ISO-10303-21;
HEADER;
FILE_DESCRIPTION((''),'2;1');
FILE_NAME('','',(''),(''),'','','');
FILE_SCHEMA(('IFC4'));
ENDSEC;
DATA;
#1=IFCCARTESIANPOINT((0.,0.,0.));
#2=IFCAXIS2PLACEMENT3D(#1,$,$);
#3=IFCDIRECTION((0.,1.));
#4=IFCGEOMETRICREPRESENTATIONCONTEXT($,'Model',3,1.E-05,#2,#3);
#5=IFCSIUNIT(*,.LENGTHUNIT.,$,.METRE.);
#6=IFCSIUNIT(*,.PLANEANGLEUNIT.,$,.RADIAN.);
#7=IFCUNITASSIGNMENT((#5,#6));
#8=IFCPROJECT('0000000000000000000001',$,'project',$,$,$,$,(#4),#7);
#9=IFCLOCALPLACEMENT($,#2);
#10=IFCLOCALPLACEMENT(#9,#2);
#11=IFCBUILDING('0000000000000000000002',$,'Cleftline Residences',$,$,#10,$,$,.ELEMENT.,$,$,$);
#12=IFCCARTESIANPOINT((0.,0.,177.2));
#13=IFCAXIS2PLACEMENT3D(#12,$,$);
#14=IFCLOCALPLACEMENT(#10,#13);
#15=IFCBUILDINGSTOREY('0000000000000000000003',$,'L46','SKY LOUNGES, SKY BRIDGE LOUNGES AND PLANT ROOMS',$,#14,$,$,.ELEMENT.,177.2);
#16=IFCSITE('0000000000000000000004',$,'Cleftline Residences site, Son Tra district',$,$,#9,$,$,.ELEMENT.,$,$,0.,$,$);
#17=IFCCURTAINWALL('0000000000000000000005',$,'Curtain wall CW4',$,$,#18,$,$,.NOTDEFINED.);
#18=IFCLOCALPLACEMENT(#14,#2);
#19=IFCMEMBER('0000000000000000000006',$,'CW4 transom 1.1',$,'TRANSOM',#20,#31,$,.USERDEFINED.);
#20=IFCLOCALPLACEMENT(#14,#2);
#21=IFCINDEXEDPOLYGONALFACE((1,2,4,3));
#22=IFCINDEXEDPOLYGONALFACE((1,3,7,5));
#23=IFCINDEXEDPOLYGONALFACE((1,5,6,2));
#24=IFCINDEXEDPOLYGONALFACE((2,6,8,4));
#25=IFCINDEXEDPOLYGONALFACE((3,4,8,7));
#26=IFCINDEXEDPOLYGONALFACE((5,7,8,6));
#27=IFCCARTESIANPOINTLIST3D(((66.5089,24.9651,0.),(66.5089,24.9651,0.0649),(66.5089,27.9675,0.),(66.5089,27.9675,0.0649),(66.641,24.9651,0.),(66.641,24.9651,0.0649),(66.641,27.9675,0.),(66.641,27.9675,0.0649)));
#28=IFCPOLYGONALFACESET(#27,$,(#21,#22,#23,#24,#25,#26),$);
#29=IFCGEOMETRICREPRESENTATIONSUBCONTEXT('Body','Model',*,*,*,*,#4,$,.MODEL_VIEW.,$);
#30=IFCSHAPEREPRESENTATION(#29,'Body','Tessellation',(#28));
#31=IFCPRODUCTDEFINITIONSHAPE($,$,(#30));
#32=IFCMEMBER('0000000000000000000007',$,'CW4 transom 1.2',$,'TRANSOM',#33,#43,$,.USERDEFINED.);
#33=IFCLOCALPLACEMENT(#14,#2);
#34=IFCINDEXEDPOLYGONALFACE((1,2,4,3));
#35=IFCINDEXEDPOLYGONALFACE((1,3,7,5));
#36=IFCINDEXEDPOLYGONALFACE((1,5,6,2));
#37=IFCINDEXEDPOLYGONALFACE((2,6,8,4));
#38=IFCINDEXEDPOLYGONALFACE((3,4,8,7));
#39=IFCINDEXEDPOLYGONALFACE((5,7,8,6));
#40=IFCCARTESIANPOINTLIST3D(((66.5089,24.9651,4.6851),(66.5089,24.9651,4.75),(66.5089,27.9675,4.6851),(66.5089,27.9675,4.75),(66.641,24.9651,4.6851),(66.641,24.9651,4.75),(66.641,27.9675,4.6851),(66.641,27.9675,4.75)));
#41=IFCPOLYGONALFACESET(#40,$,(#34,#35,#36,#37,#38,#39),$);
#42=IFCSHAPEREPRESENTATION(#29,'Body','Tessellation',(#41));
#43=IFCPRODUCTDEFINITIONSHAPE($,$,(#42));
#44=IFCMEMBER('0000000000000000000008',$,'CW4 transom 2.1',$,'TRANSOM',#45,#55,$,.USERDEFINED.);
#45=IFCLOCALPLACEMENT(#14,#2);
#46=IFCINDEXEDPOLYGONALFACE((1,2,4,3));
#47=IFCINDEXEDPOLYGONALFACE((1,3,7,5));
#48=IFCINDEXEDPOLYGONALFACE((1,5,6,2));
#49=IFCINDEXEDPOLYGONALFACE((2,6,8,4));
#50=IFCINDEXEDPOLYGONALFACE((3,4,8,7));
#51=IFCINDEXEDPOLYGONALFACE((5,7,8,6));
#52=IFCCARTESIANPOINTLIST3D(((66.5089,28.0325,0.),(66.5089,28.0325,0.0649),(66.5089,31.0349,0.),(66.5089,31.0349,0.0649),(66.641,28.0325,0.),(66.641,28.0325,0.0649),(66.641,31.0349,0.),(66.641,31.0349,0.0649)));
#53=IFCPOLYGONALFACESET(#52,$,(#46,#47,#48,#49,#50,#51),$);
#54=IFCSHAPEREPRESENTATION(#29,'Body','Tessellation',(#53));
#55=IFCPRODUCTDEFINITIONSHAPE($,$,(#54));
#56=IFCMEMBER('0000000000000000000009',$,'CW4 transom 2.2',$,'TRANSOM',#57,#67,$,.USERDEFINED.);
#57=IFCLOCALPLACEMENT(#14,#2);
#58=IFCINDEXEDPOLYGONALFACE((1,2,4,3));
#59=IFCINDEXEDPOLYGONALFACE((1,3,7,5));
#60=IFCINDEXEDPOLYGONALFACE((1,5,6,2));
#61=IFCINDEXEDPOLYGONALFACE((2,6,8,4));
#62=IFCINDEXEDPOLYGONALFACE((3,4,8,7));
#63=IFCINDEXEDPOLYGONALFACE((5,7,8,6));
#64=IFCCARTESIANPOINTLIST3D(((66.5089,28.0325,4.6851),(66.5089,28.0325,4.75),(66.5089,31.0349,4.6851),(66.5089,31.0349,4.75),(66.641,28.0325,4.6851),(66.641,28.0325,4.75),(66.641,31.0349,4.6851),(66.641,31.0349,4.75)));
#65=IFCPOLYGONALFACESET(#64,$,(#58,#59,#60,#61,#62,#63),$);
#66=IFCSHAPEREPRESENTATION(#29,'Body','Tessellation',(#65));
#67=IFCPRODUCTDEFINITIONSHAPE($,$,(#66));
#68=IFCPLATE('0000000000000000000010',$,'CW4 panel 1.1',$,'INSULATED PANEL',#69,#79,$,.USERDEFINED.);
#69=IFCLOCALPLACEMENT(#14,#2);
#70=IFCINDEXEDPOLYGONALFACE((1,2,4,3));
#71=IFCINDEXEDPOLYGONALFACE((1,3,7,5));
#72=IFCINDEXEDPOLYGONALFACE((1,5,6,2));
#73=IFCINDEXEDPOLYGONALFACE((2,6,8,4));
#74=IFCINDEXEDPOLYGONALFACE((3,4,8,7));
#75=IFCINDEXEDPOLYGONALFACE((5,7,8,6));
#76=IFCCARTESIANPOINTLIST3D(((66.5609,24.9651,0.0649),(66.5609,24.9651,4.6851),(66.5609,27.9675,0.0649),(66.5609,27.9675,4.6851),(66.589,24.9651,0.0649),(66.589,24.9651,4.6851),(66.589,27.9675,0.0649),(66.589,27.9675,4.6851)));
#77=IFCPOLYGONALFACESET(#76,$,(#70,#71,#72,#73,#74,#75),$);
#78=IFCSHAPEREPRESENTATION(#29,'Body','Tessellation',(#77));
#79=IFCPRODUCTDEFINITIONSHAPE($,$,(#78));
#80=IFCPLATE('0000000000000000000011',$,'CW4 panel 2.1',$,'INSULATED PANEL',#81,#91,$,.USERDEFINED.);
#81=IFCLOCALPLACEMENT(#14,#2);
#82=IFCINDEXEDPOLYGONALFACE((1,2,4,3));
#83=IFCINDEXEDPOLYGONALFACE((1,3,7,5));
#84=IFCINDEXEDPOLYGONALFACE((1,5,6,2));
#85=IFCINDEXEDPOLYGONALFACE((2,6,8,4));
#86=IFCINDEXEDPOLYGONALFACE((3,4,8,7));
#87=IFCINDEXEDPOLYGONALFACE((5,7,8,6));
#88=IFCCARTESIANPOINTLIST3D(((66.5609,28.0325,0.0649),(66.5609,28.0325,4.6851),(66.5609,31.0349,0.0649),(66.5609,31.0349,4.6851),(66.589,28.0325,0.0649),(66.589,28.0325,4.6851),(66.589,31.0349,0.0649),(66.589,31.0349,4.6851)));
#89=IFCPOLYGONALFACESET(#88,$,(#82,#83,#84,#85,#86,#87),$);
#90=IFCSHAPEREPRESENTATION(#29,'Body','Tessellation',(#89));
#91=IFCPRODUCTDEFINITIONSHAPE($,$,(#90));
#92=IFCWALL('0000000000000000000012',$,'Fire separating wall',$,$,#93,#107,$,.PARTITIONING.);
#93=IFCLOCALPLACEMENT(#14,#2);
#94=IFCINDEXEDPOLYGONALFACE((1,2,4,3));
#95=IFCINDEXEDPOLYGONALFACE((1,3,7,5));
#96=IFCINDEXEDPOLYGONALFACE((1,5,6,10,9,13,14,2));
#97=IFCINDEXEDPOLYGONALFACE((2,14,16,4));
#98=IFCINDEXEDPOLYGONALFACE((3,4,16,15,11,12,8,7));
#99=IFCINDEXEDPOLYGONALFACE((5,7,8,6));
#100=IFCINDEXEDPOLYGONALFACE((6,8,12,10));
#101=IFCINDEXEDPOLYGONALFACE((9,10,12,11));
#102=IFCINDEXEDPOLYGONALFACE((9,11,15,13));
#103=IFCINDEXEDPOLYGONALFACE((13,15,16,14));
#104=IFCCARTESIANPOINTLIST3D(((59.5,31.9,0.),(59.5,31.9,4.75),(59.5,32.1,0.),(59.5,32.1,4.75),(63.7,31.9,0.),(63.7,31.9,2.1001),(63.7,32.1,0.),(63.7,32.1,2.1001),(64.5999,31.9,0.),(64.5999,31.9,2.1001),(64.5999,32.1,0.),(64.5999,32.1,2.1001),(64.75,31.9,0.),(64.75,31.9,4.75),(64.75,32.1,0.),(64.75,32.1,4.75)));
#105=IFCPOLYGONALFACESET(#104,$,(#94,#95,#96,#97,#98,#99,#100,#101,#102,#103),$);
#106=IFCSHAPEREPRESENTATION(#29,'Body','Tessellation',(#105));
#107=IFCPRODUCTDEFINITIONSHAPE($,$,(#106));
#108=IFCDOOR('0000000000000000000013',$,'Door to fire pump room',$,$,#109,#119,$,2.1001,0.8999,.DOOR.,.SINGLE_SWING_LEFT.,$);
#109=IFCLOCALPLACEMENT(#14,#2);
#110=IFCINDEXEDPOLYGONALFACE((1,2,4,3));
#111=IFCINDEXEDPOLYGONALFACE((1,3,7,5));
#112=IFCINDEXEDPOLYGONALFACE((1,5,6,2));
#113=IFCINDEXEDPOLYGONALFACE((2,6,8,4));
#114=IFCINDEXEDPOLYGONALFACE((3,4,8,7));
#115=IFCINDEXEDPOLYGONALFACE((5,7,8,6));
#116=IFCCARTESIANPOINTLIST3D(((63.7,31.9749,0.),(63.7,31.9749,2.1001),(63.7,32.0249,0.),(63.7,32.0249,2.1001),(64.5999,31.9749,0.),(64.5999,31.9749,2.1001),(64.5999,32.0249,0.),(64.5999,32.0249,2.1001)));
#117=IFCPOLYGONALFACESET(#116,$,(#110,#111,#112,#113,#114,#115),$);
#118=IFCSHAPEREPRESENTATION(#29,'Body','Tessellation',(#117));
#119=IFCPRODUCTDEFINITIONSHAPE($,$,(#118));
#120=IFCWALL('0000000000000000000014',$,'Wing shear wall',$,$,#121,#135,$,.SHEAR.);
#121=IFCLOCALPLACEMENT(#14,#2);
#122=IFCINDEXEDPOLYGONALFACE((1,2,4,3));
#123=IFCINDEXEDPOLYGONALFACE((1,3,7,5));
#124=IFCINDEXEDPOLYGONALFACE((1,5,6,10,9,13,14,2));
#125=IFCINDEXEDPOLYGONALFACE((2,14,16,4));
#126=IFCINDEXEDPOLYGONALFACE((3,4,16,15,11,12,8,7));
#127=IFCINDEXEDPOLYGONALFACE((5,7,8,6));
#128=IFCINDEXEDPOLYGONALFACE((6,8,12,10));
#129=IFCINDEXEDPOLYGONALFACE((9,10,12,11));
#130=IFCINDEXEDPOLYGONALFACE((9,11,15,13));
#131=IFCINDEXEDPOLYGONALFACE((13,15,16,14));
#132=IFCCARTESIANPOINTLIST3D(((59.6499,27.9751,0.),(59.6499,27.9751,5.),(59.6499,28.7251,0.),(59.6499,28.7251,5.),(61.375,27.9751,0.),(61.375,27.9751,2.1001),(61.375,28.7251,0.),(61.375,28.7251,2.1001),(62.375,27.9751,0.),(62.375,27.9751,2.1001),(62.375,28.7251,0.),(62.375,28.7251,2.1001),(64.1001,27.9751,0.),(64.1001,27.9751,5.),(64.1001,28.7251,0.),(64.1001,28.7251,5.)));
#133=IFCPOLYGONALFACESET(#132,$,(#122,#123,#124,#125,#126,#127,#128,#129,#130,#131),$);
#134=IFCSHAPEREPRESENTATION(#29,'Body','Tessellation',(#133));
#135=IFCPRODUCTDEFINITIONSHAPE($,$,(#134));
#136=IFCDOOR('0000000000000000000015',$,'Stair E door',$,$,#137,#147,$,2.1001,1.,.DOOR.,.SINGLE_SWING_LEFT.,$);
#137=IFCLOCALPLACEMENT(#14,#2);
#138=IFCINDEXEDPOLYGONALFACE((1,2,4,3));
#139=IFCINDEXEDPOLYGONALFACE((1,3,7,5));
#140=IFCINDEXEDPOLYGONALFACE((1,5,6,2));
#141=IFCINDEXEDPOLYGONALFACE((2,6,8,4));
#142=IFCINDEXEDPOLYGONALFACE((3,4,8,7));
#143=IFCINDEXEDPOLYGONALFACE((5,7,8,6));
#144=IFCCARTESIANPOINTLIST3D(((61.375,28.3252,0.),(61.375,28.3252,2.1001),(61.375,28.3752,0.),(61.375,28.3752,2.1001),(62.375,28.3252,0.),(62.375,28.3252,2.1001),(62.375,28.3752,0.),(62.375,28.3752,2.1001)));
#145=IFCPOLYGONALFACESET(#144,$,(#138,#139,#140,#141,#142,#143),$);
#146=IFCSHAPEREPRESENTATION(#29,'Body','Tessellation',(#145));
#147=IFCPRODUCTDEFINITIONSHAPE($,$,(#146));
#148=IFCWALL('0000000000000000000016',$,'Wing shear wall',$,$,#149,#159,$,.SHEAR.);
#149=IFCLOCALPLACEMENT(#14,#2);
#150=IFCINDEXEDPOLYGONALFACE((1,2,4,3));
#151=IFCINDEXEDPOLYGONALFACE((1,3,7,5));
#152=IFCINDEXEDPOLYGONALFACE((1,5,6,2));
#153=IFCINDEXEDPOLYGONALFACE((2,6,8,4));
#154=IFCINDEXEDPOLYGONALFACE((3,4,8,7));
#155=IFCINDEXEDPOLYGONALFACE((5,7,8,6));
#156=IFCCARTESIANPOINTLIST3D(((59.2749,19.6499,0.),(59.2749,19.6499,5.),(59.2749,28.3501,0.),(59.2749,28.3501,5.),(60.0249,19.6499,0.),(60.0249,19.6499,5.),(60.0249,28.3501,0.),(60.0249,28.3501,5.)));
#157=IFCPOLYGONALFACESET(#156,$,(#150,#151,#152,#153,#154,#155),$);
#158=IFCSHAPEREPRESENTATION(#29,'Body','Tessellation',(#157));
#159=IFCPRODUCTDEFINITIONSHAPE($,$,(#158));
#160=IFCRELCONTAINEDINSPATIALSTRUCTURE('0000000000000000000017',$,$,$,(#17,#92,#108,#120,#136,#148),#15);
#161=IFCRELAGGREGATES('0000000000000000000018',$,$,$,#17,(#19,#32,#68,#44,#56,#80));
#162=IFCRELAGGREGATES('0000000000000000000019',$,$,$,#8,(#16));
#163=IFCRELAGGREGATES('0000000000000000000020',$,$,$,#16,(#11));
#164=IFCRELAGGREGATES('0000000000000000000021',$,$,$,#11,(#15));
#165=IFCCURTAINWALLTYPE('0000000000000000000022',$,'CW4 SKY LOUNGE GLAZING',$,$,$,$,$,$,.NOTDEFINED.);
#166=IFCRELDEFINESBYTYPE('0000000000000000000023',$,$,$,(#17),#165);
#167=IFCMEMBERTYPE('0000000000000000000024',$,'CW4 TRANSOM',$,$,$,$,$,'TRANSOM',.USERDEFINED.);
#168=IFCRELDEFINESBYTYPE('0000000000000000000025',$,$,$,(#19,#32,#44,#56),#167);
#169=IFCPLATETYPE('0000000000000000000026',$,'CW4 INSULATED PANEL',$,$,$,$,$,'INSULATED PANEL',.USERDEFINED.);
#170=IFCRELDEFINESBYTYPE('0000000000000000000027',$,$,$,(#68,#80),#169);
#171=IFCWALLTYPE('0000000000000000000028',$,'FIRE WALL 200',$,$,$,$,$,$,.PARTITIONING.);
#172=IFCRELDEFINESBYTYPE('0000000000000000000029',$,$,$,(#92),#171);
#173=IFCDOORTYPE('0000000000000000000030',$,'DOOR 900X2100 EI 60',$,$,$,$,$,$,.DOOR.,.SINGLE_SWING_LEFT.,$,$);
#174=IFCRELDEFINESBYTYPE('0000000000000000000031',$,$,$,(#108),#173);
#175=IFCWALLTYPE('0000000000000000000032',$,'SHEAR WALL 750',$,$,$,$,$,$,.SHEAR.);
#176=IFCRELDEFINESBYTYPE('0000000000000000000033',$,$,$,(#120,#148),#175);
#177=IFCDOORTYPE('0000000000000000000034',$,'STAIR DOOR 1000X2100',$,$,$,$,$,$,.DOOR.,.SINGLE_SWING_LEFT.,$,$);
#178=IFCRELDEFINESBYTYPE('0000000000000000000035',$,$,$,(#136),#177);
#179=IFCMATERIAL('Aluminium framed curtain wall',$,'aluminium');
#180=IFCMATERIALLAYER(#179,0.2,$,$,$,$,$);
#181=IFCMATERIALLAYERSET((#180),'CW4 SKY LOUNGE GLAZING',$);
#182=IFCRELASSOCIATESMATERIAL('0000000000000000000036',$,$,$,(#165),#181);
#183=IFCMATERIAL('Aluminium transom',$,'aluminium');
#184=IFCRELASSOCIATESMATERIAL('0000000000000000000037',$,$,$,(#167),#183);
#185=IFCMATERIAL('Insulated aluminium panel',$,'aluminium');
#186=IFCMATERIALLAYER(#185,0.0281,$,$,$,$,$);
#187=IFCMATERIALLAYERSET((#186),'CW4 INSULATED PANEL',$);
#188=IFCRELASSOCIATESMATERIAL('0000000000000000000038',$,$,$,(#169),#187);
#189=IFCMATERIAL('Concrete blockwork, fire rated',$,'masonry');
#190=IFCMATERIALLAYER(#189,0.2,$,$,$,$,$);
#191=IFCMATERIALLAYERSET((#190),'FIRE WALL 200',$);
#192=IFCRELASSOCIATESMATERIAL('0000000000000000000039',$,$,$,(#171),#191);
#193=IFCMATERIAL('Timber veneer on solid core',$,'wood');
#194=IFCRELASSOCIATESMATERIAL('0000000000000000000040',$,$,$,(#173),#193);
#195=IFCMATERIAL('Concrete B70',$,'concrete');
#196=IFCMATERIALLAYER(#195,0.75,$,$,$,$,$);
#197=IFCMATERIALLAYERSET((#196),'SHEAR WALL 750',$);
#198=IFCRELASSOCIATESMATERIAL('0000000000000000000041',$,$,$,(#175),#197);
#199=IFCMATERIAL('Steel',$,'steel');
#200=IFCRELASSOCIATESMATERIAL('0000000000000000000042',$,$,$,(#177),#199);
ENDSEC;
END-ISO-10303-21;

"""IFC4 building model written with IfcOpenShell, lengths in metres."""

from ifc_helpers import new_model, si_unit, direction, frame, frame_2d, origin, origin_2d, place, context, subcontext, project, spatial, rectangle, extrude, material, layer, layer_set, material_profile, profile_set, type_object, element, fill, aggregate, save


model = new_model("IFC4")

# Units and contexts
model_context = context("Model", 3, precision=1e-05, world=origin(), true_north=direction((0.0, 1.0)))
body_context = subcontext(model_context, "Body", "Model", "MODEL_VIEW")
ifc_project = project(units=[si_unit("LENGTHUNIT", "METRE"), si_unit("PLANEANGLEUNIT", "RADIAN")], contexts=[model_context])

# Site, building, storey
site_placement = place(None, origin())
site = spatial("IfcSite", under=ifc_project, at=site_placement, Name="Cleftline Residences site, Son Tra district", CompositionType="ELEMENT", RefElevation=0.0)
building_placement = place(site_placement, origin())
building = spatial("IfcBuilding", under=site, at=building_placement, Name="Cleftline Residences", CompositionType="ELEMENT")
storey_placement = place(building_placement, frame((0.0, 0.0, 177.2)))
storey = spatial("IfcBuildingStorey", under=building, at=storey_placement, Name="L46", Description="SKY LOUNGES, SKY BRIDGE LOUNGES AND PLANT ROOMS", CompositionType="ELEMENT", Elevation=177.2)

# Curtain wall, members, plates
ifc_material_1 = material(Name="Aluminium framed curtain wall", Category="aluminium")
ifc_layer_1 = layer(ifc_material_1, 0.2)
ifc_layer_set_1 = layer_set([ifc_layer_1], Name="CW4 SKY LOUNGE GLAZING")
curtain_wall_type = type_object("IfcCurtainWallType", Name="CW4 SKY LOUNGE GLAZING", PredefinedType="NOTDEFINED", material=ifc_layer_set_1)
curtain_wall_placement = place(storey_placement, origin())
curtain_wall = element("IfcCurtainWall", 1, at=curtain_wall_placement, inside=storey, type_object=curtain_wall_type, Name="Curtain wall CW4", PredefinedType="NOTDEFINED")
ifc_material_2 = material(Name="Aluminium transom", Category="aluminium")
ifc_material_profile_1 = material_profile(ifc_material_2, rectangle(XDim=0.1321, YDim=0.0649, at=origin_2d()))
ifc_profile_set_1 = profile_set([ifc_material_profile_1], Name="Aluminium transom")
member_type_1 = type_object("IfcMemberType", Name="CW4 TRANSOM", ElementType="TRANSOM", PredefinedType="USERDEFINED", material=ifc_profile_set_1)
member_1_placement = place(storey_placement, frame((66.575, 24.9651, 0.0325), z_axis=(0.0, 1.0, 0.0), x_axis=(-1.0, 0.0, 0.0)))
member_1 = element("IfcMember", 2, at=member_1_placement, type_object=member_type_1, Name="CW4 transom 1.1", ObjectType="TRANSOM", PredefinedType="USERDEFINED", context=body_context, shape_type="SweptSolid", body=[
    extrude(rectangle(XDim=0.1321, YDim=0.0649, at=origin_2d()), origin(), (0.0, 0.0, 1.0), 3.0024),
])
member_2_placement = place(storey_placement, frame((66.575, 24.9651, 4.7175), z_axis=(0.0, 1.0, 0.0), x_axis=(-1.0, 0.0, 0.0)))
member_2 = element("IfcMember", 3, at=member_2_placement, type_object=member_type_1, Name="CW4 transom 1.2", ObjectType="TRANSOM", PredefinedType="USERDEFINED", context=body_context, shape_type="SweptSolid", body=[
    extrude(rectangle(XDim=0.1321, YDim=0.0649, at=origin_2d()), origin(), (0.0, 0.0, 1.0), 3.0024),
])
member_3_placement = place(storey_placement, frame((66.575, 28.0325, 0.0325), z_axis=(0.0, 1.0, 0.0), x_axis=(-1.0, 0.0, 0.0)))
member_3 = element("IfcMember", 4, at=member_3_placement, type_object=member_type_1, Name="CW4 transom 2.1", ObjectType="TRANSOM", PredefinedType="USERDEFINED", context=body_context, shape_type="SweptSolid", body=[
    extrude(rectangle(XDim=0.1321, YDim=0.0649, at=origin_2d()), origin(), (0.0, 0.0, 1.0), 3.0024),
])
member_4_placement = place(storey_placement, frame((66.575, 28.0325, 4.7175), z_axis=(0.0, 1.0, 0.0), x_axis=(-1.0, 0.0, 0.0)))
member_4 = element("IfcMember", 5, at=member_4_placement, type_object=member_type_1, Name="CW4 transom 2.2", ObjectType="TRANSOM", PredefinedType="USERDEFINED", context=body_context, shape_type="SweptSolid", body=[
    extrude(rectangle(XDim=0.1321, YDim=0.0649, at=origin_2d()), origin(), (0.0, 0.0, 1.0), 3.0024),
])
ifc_material_3 = material(Name="Insulated aluminium panel", Category="aluminium")
ifc_layer_2 = layer(ifc_material_3, 0.0281)
ifc_layer_set_2 = layer_set([ifc_layer_2], Name="CW4 INSULATED PANEL")
plate_type = type_object("IfcPlateType", Name="CW4 INSULATED PANEL", ElementType="INSULATED PANEL", PredefinedType="USERDEFINED", material=ifc_layer_set_2)
plate_1_placement = place(storey_placement, frame((66.575, 26.4663, 0.0649), z_axis=(0.0, 0.0, 1.0), x_axis=(0.0, 1.0, 0.0)))
plate_1 = element("IfcPlate", 6, at=plate_1_placement, type_object=plate_type, Name="CW4 panel 1.1", ObjectType="INSULATED PANEL", PredefinedType="USERDEFINED", context=body_context, shape_type="SweptSolid", body=[
    extrude(rectangle(XDim=3.0024, YDim=0.0281, at=origin_2d()), origin(), (0.0, 0.0, 1.0), 4.6201),
])
plate_2_placement = place(storey_placement, frame((66.575, 29.5337, 0.0649), z_axis=(0.0, 0.0, 1.0), x_axis=(0.0, 1.0, 0.0)))
plate_2 = element("IfcPlate", 7, at=plate_2_placement, type_object=plate_type, Name="CW4 panel 2.1", ObjectType="INSULATED PANEL", PredefinedType="USERDEFINED", context=body_context, shape_type="SweptSolid", body=[
    extrude(rectangle(XDim=3.0024, YDim=0.0281, at=origin_2d()), origin(), (0.0, 0.0, 1.0), 4.6201),
])
aggregate(curtain_wall, [member_1, member_2, plate_1, member_3, member_4, plate_2])

# Walls, openings, doors
ifc_material_4 = material(Name="Concrete blockwork, fire rated", Category="masonry")
ifc_layer_3 = layer(ifc_material_4, 0.2)
ifc_layer_set_3 = layer_set([ifc_layer_3], Name="FIRE WALL 200")
wall_type_1 = type_object("IfcWallType", Name="FIRE WALL 200", PredefinedType="PARTITIONING", material=ifc_layer_set_3)
wall_1_placement = place(storey_placement, frame((59.5, 32.0, 0.0), z_axis=(0.0, 0.0, 1.0), x_axis=(1.0, 0.0, 0.0)))
wall_1 = element("IfcWall", 8, at=wall_1_placement, inside=storey, type_object=wall_type_1, Name="Fire separating wall", PredefinedType="PARTITIONING", context=body_context, shape_type="SweptSolid", body=[
    extrude(rectangle(XDim=5.25, YDim=0.2, at=frame_2d((2.625, 0.0))), origin(), (0.0, 0.0, 1.0), 4.75),
])
opening_1_placement = place(wall_1_placement, frame((4.2, 0.0, 0.0)))
opening_1 = element("IfcOpeningElement", 9, at=opening_1_placement, cuts=wall_1, PredefinedType="OPENING", context=body_context, shape_type="SweptSolid", body=[
    extrude(rectangle(XDim=0.8999, YDim=2.1001, at=frame_2d((0.45, 1.05))), frame((0.0, 0.1099, 0.0), z_axis=(0.0, -1.0, 0.0), x_axis=(1.0, 0.0, 0.0)), (0.0, 0.0, 1.0), 0.22),
])
ifc_material_5 = material(Name="Timber veneer on solid core", Category="wood")
door_type_1 = type_object("IfcDoorType", Name="DOOR 900X2100 EI 60", OperationType="SINGLE_SWING_LEFT", PredefinedType="DOOR", material=ifc_material_5)
door_1_placement = place(opening_1_placement, origin())
door_1 = element("IfcDoor", 10, at=door_1_placement, inside=storey, type_object=door_type_1, Name="Door to fire pump room", OperationType="SINGLE_SWING_LEFT", OverallHeight=2.1001, OverallWidth=0.8999, PredefinedType="DOOR", context=body_context, shape_type="SweptSolid", body=[
    extrude(rectangle(XDim=0.8999, YDim=2.1001, at=frame_2d((0.45, 1.05))), frame((0.0, 0.0249, 0.0), z_axis=(0.0, -1.0, 0.0), x_axis=(1.0, 0.0, 0.0)), (0.0, 0.0, 1.0), 0.05),
])
fill(opening_1, door_1)
ifc_material_6 = material(Name="Concrete B70", Category="concrete")
ifc_layer_4 = layer(ifc_material_6, 0.75)
ifc_layer_set_4 = layer_set([ifc_layer_4], Name="SHEAR WALL 750")
wall_type_2 = type_object("IfcWallType", Name="SHEAR WALL 750", PredefinedType="SHEAR", material=ifc_layer_set_4)
wall_2_placement = place(storey_placement, frame((64.1001, 28.3501, 0.0), z_axis=(0.0, 0.0, 1.0), x_axis=(-1.0, 0.0, 0.0)))
wall_2 = element("IfcWall", 11, at=wall_2_placement, inside=storey, type_object=wall_type_2, Name="Wing shear wall", PredefinedType="SHEAR", context=body_context, shape_type="SweptSolid", body=[
    extrude(rectangle(XDim=4.4502, YDim=0.75, at=frame_2d((2.2251, 0.0))), origin(), (0.0, 0.0, 1.0), 5.0),
])
opening_2_placement = place(wall_2_placement, frame((1.7251, 0.0, 0.0)))
opening_2 = element("IfcOpeningElement", 12, at=opening_2_placement, cuts=wall_2, PredefinedType="OPENING", context=body_context, shape_type="SweptSolid", body=[
    extrude(rectangle(XDim=1.0, YDim=2.1001, at=frame_2d((0.5, 1.05))), frame((0.0, 0.385, 0.0), z_axis=(0.0, -1.0, 0.0), x_axis=(1.0, 0.0, 0.0)), (0.0, 0.0, 1.0), 0.77),
])
ifc_material_7 = material(Name="Steel", Category="steel")
door_type_2 = type_object("IfcDoorType", Name="STAIR DOOR 1000X2100", OperationType="SINGLE_SWING_LEFT", PredefinedType="DOOR", material=ifc_material_7)
door_2_placement = place(opening_2_placement, origin())
door_2 = element("IfcDoor", 13, at=door_2_placement, inside=storey, type_object=door_type_2, Name="Stair E door", OperationType="SINGLE_SWING_LEFT", OverallHeight=2.1001, OverallWidth=1.0, PredefinedType="DOOR", context=body_context, shape_type="SweptSolid", body=[
    extrude(rectangle(XDim=1.0, YDim=2.1001, at=frame_2d((0.5, 1.05))), frame((0.0, 0.0249, 0.0), z_axis=(0.0, -1.0, 0.0), x_axis=(1.0, 0.0, 0.0)), (0.0, 0.0, 1.0), 0.05),
])
fill(opening_2, door_2)

# Wall
wall_3_placement = place(storey_placement, frame((59.6499, 28.3501, 0.0), z_axis=(0.0, 0.0, 1.0), x_axis=(0.0, -1.0, 0.0)))
element("IfcWall", 14, at=wall_3_placement, inside=storey, type_object=wall_type_2, Name="Wing shear wall", PredefinedType="SHEAR", context=body_context, shape_type="SweptSolid", body=[
    extrude(rectangle(XDim=8.7002, YDim=0.75, at=frame_2d((4.3501, 0.0))), origin(), (0.0, 0.0, 1.0), 5.0),
])

save(model, "model.ifc")
